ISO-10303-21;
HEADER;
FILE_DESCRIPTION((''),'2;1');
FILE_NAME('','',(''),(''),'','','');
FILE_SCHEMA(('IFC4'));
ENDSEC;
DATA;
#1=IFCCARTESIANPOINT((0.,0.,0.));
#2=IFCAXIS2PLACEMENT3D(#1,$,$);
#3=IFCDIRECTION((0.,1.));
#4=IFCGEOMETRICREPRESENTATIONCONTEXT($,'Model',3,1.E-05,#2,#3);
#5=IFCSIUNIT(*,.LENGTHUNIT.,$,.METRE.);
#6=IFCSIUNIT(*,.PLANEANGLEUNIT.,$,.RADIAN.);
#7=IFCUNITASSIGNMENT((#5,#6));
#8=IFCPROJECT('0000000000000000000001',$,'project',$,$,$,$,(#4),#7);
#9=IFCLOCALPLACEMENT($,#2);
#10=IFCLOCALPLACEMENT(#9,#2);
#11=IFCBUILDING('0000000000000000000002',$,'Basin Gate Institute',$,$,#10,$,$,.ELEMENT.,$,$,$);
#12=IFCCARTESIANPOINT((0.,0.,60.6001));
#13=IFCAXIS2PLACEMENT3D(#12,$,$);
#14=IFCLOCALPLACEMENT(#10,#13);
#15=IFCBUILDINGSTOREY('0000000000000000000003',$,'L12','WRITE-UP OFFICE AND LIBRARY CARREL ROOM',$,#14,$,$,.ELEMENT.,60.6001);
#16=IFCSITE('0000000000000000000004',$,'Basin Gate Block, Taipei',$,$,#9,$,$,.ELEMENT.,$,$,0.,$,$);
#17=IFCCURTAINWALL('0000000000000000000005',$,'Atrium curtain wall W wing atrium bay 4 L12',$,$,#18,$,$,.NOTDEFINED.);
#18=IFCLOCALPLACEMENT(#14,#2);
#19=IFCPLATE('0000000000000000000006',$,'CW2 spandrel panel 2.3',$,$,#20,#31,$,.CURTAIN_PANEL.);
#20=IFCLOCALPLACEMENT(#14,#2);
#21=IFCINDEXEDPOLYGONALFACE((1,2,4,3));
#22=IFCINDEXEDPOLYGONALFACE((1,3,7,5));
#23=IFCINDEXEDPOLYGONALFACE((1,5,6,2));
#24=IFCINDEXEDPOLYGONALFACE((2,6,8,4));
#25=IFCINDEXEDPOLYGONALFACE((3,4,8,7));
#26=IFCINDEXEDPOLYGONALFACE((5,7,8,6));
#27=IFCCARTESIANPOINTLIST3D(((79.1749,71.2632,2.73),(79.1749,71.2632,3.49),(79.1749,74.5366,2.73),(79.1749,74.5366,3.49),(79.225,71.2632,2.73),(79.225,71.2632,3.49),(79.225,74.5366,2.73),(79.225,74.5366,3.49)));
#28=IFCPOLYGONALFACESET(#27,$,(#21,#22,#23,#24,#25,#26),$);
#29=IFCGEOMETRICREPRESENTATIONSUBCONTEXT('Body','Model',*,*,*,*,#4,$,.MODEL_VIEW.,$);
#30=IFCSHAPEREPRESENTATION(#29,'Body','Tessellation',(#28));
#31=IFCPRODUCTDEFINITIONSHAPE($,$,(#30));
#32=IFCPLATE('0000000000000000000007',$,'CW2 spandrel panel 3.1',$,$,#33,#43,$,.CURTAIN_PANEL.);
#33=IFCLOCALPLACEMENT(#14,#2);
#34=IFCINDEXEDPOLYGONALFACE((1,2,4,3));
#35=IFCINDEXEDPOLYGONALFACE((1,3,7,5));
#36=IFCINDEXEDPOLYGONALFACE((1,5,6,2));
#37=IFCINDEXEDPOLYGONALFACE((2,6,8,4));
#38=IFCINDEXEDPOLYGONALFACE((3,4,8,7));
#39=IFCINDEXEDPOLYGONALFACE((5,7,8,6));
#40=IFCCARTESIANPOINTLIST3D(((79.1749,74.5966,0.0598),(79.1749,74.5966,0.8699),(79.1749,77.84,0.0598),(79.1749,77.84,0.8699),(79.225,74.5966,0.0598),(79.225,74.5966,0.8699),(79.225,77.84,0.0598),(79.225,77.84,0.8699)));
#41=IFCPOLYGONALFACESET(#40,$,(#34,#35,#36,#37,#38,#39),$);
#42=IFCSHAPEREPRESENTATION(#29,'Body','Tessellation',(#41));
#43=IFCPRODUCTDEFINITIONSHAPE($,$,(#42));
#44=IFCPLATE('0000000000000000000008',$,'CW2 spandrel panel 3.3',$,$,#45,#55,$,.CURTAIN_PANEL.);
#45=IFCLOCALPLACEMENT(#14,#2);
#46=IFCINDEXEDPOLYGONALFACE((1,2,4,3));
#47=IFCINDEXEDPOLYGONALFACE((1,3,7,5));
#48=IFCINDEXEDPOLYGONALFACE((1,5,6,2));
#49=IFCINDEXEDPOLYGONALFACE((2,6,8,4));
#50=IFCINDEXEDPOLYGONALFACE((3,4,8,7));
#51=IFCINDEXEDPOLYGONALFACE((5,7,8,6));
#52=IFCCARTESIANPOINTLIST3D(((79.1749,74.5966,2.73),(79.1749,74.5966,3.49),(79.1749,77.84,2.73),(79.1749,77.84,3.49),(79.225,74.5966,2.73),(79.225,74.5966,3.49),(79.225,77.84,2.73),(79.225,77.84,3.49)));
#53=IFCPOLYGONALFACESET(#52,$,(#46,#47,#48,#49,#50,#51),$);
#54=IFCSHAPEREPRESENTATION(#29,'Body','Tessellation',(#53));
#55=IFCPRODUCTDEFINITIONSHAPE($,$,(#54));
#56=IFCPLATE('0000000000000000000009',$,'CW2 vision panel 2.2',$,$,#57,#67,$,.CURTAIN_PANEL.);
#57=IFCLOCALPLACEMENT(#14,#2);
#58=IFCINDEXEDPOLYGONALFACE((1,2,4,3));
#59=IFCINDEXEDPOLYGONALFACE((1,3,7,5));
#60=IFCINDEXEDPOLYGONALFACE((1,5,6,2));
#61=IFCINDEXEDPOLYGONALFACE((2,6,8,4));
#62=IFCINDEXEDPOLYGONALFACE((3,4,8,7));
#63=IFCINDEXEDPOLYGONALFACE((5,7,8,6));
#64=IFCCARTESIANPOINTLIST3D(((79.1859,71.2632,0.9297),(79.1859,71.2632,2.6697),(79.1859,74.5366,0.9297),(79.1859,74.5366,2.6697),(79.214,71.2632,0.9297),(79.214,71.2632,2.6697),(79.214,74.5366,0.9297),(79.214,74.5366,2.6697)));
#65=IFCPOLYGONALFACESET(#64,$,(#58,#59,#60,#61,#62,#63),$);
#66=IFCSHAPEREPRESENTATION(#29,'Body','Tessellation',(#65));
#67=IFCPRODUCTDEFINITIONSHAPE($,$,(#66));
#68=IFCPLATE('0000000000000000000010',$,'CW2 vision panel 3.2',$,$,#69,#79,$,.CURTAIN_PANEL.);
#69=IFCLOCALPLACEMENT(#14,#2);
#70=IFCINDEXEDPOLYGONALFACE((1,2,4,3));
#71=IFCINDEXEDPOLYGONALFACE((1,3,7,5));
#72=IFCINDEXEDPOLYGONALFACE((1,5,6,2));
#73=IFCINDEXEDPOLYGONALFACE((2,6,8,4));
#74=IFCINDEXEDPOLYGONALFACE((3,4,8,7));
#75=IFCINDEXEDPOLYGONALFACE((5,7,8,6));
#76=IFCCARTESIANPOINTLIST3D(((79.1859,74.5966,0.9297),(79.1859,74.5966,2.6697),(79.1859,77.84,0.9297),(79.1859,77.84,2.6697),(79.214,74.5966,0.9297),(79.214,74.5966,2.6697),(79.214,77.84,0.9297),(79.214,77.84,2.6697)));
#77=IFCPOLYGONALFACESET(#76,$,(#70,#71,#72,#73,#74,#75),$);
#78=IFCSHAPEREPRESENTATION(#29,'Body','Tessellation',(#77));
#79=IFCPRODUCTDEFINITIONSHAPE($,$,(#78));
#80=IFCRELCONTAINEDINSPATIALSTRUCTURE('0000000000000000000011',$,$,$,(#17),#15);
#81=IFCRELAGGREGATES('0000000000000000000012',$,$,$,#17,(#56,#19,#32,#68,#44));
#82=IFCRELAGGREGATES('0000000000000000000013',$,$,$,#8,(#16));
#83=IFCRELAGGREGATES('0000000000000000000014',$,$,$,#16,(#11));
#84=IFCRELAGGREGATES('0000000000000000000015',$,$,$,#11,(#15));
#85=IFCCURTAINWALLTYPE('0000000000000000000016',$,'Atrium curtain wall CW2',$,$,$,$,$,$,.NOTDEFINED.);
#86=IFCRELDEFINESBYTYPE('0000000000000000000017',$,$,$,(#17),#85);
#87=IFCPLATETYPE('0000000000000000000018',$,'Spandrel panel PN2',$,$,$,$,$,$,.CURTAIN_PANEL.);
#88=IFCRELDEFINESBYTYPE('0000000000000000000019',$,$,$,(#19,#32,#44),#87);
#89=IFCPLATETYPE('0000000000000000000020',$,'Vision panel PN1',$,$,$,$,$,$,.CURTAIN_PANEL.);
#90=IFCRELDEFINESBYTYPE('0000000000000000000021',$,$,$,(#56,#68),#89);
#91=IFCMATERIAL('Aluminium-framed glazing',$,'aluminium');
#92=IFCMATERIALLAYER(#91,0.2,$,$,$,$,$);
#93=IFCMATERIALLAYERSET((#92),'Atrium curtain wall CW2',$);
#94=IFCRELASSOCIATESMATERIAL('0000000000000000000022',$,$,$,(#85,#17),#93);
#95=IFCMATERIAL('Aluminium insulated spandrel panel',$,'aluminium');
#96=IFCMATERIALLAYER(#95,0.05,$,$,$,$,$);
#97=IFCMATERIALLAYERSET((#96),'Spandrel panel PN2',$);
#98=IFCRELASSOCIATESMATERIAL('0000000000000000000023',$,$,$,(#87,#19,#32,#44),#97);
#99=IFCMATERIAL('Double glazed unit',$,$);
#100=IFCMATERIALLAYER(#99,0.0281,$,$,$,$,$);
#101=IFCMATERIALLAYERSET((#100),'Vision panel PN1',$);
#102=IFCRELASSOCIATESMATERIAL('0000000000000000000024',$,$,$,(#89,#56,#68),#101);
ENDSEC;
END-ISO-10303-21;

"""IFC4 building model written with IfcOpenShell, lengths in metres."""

from ifc_helpers import new_model, si_unit, direction, frame, origin, origin_2d, place, context, subcontext, project, spatial, rectangle, extrude, material, layer, layer_set, type_object, element, aggregate, save


model = new_model("IFC4")

# Units and contexts
model_context = context("Model", 3, precision=1e-05, world=origin(), true_north=direction((0.0, 1.0)))
body_context = subcontext(model_context, "Body", "Model", "MODEL_VIEW")
ifc_project = project(units=[si_unit("LENGTHUNIT", "METRE"), si_unit("PLANEANGLEUNIT", "RADIAN")], contexts=[model_context])

# Site, building, storey
site_placement = place(None, origin())
site = spatial("IfcSite", under=ifc_project, at=site_placement, Name="Basin Gate Block, Taipei", CompositionType="ELEMENT", RefElevation=0.0)
building_placement = place(site_placement, origin())
building = spatial("IfcBuilding", under=site, at=building_placement, Name="Basin Gate Institute", CompositionType="ELEMENT")
storey_placement = place(building_placement, frame((0.0, 0.0, 60.6001)))
storey = spatial("IfcBuildingStorey", under=building, at=storey_placement, Name="L12", Description="WRITE-UP OFFICE AND LIBRARY CARREL ROOM", CompositionType="ELEMENT", Elevation=60.6001)

# Curtain wall
ifc_material_1 = material(Name="Aluminium-framed glazing", Category="aluminium")
ifc_layer_1 = layer(ifc_material_1, 0.2)
ifc_layer_set_1 = layer_set([ifc_layer_1], Name="Atrium curtain wall CW2")
curtain_wall_type = type_object("IfcCurtainWallType", Name="Atrium curtain wall CW2", PredefinedType="NOTDEFINED", material=ifc_layer_set_1)
curtain_wall_1_placement = place(storey_placement, origin())
curtain_wall_1 = element("IfcCurtainWall", 1, at=curtain_wall_1_placement, inside=storey, type_object=curtain_wall_type, material=ifc_layer_set_1, Name="Atrium curtain wall W wing atrium bay 4 L12", PredefinedType="NOTDEFINED")

# Plates
ifc_material_2 = material(Name="Aluminium insulated spandrel panel", Category="aluminium")
ifc_layer_2 = layer(ifc_material_2, 0.05)
ifc_layer_set_2 = layer_set([ifc_layer_2], Name="Spandrel panel PN2")
plate_type_1 = type_object("IfcPlateType", Name="Spandrel panel PN2", PredefinedType="CURTAIN_PANEL", material=ifc_layer_set_2)
plate_1_placement = place(storey_placement, frame((79.2, 72.8999, 2.73), z_axis=(0.0, 0.0, 1.0), x_axis=(0.0, 1.0, 0.0)))
plate_1 = element("IfcPlate", 2, at=plate_1_placement, type_object=plate_type_1, material=ifc_layer_set_2, Name="CW2 spandrel panel 2.3", PredefinedType="CURTAIN_PANEL", context=body_context, shape_type="SweptSolid", body=[
    extrude(rectangle(XDim=3.2734, YDim=0.05, at=origin_2d()), origin(), (0.0, 0.0, 1.0), 0.76),
])
plate_2_placement = place(storey_placement, frame((79.2, 76.2183, 0.0598), z_axis=(0.0, 0.0, 1.0), x_axis=(0.0, 1.0, 0.0)))
plate_2 = element("IfcPlate", 3, at=plate_2_placement, type_object=plate_type_1, material=ifc_layer_set_2, Name="CW2 spandrel panel 3.1", PredefinedType="CURTAIN_PANEL", context=body_context, shape_type="SweptSolid", body=[
    extrude(rectangle(XDim=3.2434, YDim=0.05, at=origin_2d()), origin(), (0.0, 0.0, 1.0), 0.8101),
])
plate_3_placement = place(storey_placement, frame((79.2, 76.2183, 2.73), z_axis=(0.0, 0.0, 1.0), x_axis=(0.0, 1.0, 0.0)))
plate_3 = element("IfcPlate", 4, at=plate_3_placement, type_object=plate_type_1, material=ifc_layer_set_2, Name="CW2 spandrel panel 3.3", PredefinedType="CURTAIN_PANEL", context=body_context, shape_type="SweptSolid", body=[
    extrude(rectangle(XDim=3.2434, YDim=0.05, at=origin_2d()), origin(), (0.0, 0.0, 1.0), 0.76),
])
ifc_material_3 = material(Name="Double glazed unit")
ifc_layer_3 = layer(ifc_material_3, 0.0281)
ifc_layer_set_3 = layer_set([ifc_layer_3], Name="Vision panel PN1")
plate_type_2 = type_object("IfcPlateType", Name="Vision panel PN1", PredefinedType="CURTAIN_PANEL", material=ifc_layer_set_3)
plate_4_placement = place(storey_placement, frame((79.2, 72.8999, 0.9297), z_axis=(0.0, 0.0, 1.0), x_axis=(0.0, 1.0, 0.0)))
plate_4 = element("IfcPlate", 5, at=plate_4_placement, type_object=plate_type_2, material=ifc_layer_set_3, Name="CW2 vision panel 2.2", PredefinedType="CURTAIN_PANEL", context=body_context, shape_type="SweptSolid", body=[
    extrude(rectangle(XDim=3.2734, YDim=0.0281, at=origin_2d()), origin(), (0.0, 0.0, 1.0), 1.74),
])
plate_5_placement = place(storey_placement, frame((79.2, 76.2183, 0.9297), z_axis=(0.0, 0.0, 1.0), x_axis=(0.0, 1.0, 0.0)))
plate_5 = element("IfcPlate", 6, at=plate_5_placement, type_object=plate_type_2, material=ifc_layer_set_3, Name="CW2 vision panel 3.2", PredefinedType="CURTAIN_PANEL", context=body_context, shape_type="SweptSolid", body=[
    extrude(rectangle(XDim=3.2434, YDim=0.0281, at=origin_2d()), origin(), (0.0, 0.0, 1.0), 1.74),
])
aggregate(curtain_wall_1, [plate_4, plate_1, plate_2, plate_5, plate_3])

save(model, "model.ifc")
